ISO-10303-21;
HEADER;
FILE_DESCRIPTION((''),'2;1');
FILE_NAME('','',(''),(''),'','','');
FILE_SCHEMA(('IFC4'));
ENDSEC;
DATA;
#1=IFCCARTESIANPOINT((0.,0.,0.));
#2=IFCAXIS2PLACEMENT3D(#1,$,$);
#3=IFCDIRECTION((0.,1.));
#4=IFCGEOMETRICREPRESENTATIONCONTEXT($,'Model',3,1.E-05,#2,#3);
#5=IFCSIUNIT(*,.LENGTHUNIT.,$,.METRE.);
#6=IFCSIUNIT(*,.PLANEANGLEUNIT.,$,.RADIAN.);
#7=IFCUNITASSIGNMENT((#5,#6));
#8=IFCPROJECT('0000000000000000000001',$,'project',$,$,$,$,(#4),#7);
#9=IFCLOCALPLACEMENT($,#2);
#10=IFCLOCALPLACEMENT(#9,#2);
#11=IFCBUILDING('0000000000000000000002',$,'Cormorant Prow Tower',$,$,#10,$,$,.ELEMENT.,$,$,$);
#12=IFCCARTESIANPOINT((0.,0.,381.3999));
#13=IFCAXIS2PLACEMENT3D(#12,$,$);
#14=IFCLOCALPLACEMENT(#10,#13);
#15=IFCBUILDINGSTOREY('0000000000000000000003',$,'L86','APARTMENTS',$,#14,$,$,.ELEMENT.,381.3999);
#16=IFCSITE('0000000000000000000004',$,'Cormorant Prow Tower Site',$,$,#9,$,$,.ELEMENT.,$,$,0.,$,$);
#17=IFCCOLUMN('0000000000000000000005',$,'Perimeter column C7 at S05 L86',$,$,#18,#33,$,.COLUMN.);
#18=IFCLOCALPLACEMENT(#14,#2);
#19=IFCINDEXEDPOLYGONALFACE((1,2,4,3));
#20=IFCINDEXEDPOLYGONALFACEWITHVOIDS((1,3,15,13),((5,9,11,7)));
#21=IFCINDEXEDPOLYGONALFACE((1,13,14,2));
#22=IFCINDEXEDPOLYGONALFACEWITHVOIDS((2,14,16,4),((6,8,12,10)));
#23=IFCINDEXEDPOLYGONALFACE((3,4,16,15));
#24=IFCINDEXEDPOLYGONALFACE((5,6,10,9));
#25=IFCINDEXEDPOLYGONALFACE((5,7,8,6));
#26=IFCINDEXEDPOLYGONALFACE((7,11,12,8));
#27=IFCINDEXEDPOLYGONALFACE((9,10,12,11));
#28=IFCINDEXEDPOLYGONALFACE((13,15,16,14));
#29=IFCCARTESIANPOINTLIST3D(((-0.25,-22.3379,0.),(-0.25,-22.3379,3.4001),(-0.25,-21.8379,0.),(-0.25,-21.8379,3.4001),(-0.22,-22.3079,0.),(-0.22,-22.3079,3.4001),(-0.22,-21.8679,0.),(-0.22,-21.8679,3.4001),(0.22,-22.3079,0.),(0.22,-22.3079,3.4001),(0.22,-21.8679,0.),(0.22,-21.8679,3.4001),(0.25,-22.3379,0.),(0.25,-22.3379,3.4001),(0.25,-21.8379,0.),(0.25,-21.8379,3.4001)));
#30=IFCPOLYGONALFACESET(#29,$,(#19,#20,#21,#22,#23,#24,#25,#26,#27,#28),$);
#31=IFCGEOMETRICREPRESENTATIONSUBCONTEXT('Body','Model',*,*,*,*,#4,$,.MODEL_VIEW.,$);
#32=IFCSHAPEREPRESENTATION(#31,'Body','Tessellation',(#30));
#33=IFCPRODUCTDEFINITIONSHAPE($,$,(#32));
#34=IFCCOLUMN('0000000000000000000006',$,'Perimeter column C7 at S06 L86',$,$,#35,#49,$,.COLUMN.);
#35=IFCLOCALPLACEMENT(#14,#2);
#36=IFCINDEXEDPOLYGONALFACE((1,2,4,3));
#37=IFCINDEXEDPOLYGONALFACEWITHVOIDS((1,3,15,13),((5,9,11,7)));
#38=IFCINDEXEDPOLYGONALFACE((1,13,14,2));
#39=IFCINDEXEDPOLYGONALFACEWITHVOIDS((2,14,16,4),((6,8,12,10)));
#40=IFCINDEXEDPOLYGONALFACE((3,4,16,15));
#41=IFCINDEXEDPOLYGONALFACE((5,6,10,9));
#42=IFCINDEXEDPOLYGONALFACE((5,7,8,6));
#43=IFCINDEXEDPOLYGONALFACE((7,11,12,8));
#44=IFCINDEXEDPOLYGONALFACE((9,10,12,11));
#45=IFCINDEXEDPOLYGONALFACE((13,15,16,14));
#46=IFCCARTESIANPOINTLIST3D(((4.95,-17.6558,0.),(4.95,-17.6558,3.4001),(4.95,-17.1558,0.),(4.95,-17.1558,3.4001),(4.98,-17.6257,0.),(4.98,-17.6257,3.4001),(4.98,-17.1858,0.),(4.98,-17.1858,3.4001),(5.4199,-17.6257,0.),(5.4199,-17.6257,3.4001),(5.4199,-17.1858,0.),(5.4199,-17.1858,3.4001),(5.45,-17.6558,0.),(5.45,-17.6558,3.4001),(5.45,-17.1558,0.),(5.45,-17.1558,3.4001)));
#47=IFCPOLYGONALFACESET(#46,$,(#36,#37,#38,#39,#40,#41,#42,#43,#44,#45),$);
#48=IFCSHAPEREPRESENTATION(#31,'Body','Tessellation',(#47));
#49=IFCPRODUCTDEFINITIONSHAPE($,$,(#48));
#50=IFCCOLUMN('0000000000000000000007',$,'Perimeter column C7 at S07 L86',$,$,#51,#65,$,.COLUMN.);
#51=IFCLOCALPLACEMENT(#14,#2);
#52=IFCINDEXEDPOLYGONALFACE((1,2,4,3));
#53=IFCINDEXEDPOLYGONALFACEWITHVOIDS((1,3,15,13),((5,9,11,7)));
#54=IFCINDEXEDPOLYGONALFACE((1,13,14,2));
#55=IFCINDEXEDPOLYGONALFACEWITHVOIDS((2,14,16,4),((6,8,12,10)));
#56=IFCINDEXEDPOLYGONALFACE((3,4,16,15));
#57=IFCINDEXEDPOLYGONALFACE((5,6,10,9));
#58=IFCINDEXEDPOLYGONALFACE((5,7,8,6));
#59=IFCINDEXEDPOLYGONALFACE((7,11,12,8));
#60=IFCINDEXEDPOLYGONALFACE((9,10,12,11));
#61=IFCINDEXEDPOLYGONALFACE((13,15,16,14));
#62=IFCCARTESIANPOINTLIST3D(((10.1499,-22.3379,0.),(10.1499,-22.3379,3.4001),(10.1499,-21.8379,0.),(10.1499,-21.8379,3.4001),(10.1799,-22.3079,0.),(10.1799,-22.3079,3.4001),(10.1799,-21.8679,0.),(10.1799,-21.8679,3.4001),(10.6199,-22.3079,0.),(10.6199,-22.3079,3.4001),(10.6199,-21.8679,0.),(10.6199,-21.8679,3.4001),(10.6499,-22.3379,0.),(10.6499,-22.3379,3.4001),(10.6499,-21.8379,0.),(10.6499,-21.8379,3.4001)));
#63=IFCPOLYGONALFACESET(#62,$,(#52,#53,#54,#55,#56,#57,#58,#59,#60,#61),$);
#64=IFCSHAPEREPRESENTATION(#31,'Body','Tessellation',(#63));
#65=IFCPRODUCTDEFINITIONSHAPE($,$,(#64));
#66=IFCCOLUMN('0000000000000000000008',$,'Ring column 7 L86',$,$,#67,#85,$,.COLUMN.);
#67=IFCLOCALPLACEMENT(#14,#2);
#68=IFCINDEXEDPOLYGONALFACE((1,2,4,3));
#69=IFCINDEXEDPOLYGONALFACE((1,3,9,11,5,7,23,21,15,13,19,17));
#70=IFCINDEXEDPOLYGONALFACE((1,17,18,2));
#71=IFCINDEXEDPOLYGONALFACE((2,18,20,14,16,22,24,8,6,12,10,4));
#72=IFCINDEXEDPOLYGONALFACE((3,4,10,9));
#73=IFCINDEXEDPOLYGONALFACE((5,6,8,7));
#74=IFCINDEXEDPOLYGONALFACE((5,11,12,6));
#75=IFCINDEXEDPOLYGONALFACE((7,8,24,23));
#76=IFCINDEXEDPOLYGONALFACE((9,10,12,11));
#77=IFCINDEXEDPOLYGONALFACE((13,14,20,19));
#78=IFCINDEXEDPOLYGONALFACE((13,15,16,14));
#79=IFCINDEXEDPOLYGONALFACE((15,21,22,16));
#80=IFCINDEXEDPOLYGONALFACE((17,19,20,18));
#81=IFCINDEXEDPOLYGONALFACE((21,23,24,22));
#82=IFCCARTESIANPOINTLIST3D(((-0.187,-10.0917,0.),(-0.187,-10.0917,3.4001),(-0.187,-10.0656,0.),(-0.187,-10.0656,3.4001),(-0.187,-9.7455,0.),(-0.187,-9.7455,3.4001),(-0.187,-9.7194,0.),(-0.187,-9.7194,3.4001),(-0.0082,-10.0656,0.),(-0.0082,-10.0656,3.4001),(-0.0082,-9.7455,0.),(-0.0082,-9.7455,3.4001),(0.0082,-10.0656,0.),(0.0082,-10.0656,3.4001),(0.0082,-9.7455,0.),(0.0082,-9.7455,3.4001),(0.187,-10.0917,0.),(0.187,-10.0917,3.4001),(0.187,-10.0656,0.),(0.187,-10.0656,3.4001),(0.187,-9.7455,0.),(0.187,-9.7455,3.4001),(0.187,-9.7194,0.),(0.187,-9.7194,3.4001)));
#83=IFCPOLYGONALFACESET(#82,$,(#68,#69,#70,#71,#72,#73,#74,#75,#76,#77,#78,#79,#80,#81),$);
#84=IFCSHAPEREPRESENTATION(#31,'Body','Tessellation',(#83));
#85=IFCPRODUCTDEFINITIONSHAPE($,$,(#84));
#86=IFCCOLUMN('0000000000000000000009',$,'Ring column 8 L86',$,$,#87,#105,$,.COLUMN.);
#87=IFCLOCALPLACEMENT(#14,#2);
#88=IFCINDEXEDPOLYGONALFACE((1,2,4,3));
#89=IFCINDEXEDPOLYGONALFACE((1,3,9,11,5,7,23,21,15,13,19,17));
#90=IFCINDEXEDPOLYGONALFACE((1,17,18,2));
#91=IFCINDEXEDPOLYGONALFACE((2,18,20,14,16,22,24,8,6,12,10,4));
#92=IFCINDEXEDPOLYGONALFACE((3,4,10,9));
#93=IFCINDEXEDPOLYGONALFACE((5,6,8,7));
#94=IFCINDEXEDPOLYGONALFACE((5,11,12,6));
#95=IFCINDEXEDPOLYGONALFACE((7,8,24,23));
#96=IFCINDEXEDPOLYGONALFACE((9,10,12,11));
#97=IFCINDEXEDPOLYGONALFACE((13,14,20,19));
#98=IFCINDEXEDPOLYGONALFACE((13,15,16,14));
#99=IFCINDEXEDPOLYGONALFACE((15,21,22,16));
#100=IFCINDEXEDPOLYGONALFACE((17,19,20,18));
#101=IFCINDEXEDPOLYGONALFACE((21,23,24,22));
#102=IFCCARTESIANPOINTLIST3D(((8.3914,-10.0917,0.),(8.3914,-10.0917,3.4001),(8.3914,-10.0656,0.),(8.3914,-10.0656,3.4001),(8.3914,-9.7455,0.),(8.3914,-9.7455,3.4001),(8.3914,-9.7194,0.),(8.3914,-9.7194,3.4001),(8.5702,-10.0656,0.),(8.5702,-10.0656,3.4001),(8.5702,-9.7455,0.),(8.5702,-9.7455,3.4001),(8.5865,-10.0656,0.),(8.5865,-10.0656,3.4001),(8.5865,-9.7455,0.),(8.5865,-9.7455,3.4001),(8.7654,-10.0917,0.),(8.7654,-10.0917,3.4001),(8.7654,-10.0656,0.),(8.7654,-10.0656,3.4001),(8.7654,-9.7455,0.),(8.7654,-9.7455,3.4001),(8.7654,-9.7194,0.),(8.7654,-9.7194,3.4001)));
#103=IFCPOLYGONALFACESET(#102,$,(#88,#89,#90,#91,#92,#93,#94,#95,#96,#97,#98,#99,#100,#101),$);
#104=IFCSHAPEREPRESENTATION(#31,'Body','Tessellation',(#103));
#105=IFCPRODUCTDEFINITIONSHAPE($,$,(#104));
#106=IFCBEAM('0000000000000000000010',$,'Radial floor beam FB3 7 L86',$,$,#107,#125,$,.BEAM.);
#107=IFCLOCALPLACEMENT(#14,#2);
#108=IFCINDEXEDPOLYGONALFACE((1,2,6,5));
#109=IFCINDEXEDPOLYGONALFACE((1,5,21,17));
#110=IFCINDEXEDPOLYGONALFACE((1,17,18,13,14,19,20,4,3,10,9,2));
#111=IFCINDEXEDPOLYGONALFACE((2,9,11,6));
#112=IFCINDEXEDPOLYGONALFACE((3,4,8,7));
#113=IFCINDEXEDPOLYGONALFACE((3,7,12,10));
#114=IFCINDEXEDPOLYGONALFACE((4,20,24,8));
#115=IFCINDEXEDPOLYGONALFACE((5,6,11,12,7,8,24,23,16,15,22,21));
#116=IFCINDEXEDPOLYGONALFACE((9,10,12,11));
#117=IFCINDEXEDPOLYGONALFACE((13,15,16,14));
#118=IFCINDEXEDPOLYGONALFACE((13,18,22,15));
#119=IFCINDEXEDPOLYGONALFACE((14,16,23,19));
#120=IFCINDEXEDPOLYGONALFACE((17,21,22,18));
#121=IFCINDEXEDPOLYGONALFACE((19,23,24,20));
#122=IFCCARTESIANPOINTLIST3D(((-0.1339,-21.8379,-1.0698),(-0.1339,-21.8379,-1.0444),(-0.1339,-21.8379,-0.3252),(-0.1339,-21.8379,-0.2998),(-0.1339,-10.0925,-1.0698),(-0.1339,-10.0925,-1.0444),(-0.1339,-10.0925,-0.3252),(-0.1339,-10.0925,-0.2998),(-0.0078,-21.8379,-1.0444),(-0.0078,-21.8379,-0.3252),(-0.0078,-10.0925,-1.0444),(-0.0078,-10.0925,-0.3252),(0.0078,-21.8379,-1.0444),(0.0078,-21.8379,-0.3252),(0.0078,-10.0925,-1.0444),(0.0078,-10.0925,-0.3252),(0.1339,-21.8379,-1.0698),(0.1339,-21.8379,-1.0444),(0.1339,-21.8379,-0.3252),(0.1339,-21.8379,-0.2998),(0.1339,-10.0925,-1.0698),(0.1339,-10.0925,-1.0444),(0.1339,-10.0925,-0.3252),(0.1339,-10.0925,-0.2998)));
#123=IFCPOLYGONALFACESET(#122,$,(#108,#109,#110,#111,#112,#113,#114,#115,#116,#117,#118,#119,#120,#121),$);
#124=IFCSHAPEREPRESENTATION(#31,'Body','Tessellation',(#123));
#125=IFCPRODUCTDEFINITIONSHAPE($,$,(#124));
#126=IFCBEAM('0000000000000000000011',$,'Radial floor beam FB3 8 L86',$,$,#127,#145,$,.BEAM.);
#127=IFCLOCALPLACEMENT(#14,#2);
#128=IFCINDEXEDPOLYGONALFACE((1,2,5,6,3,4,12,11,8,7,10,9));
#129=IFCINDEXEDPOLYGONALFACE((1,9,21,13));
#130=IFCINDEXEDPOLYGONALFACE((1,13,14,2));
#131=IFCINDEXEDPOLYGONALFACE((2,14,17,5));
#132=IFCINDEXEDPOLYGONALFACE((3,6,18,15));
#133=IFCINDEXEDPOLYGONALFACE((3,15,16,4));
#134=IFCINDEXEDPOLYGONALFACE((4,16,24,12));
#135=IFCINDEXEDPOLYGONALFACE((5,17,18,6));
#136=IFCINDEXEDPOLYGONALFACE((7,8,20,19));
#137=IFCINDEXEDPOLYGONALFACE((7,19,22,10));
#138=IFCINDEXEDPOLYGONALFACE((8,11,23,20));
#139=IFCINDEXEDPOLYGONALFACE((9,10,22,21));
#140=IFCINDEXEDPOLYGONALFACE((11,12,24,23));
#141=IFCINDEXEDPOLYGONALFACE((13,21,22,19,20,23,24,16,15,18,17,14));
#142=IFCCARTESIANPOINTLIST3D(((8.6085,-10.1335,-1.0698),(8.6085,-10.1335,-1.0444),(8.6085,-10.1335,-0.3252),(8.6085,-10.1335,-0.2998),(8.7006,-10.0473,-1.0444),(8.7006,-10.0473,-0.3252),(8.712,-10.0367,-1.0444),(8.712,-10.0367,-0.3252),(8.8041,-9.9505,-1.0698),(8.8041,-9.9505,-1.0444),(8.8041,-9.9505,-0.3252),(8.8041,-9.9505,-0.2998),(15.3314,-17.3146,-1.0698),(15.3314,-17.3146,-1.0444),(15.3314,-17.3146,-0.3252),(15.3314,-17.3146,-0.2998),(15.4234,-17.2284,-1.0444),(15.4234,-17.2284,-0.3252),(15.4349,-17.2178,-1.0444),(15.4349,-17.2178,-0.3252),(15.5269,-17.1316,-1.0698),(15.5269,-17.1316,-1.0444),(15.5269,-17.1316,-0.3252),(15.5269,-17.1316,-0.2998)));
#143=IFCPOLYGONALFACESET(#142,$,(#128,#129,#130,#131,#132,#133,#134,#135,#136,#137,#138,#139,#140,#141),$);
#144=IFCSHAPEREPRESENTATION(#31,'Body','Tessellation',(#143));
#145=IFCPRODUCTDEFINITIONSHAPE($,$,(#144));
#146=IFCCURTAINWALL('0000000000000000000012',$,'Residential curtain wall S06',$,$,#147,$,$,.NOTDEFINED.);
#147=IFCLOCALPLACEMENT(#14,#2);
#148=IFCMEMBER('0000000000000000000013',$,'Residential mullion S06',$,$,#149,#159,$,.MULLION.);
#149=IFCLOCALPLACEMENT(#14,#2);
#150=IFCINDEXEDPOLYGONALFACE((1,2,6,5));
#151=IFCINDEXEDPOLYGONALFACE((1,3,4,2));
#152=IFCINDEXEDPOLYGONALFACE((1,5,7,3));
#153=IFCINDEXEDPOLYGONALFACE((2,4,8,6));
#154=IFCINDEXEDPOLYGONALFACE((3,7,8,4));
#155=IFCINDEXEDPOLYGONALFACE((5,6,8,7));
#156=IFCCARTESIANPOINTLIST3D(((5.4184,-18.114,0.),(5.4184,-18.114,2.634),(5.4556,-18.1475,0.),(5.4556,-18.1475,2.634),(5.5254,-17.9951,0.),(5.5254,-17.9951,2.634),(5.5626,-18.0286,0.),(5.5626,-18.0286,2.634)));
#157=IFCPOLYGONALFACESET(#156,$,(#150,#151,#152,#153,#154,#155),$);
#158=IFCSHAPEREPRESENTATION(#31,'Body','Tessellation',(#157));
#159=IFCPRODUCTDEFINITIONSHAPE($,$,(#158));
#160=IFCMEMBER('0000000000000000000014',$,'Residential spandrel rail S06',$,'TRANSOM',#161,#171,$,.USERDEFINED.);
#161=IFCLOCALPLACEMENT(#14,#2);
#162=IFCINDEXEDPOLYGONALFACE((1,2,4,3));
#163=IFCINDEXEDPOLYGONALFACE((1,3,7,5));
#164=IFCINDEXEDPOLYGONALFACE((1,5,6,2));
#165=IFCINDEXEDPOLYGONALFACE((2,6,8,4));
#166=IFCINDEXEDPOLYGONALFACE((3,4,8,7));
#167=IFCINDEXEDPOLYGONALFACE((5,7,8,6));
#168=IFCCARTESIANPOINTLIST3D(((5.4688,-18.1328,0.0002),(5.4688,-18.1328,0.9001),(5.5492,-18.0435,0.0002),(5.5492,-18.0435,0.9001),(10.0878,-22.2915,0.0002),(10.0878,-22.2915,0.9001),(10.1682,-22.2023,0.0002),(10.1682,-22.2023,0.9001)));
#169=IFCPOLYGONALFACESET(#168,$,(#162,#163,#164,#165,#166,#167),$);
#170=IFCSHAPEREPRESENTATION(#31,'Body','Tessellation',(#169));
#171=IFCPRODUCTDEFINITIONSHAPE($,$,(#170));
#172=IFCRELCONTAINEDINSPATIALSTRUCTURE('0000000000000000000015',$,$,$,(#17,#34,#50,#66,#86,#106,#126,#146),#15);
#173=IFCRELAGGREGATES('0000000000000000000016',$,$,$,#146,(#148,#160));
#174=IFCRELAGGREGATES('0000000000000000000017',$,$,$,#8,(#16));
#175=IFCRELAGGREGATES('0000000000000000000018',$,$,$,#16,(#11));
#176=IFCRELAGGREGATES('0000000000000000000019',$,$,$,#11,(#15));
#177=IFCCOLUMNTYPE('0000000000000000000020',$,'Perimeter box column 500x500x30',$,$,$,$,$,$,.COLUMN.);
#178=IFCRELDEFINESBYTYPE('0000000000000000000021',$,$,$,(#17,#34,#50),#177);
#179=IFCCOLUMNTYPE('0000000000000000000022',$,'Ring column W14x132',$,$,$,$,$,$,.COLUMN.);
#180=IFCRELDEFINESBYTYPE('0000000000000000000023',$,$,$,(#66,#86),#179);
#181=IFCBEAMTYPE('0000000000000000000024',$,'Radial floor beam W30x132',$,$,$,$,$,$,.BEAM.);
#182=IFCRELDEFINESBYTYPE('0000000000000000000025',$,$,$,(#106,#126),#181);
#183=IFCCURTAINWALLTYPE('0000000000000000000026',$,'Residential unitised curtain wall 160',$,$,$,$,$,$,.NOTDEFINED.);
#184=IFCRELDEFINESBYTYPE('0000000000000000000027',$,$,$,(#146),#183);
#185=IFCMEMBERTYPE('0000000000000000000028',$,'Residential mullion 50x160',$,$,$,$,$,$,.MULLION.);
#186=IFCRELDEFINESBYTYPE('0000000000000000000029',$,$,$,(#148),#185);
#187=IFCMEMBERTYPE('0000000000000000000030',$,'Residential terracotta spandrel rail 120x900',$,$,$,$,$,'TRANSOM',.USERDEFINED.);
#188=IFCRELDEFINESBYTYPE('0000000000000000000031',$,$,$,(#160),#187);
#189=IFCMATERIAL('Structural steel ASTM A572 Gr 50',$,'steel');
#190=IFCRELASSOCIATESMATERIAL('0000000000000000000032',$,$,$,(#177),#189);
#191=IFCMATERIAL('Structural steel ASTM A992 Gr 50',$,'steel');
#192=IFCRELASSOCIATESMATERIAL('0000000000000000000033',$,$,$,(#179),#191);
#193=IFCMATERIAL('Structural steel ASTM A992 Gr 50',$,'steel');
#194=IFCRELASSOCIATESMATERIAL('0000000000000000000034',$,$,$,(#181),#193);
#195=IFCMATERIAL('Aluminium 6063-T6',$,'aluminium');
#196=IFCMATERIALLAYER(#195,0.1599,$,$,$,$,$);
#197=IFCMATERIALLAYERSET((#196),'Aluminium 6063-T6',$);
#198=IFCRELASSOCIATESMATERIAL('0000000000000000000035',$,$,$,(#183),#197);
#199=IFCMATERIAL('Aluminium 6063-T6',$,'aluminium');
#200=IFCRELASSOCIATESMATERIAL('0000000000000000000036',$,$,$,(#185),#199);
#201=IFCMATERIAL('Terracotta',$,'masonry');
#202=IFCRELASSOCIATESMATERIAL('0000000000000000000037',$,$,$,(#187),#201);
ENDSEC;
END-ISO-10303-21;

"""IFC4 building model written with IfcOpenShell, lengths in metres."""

from ifc_helpers import new_model, si_unit, direction, frame, origin, origin_2d, place, context, subcontext, project, spatial, rectangle, hollow_rectangle, i_section, extrude, material, layer, layer_set, material_profile, profile_set, type_object, element, aggregate, save


model = new_model("IFC4")

# Units and contexts
model_context = context("Model", 3, precision=1e-05, world=origin(), true_north=direction((0.0, 1.0)))
body_context = subcontext(model_context, "Body", "Model", "MODEL_VIEW")
ifc_project = project(units=[si_unit("LENGTHUNIT", "METRE"), si_unit("PLANEANGLEUNIT", "RADIAN")], contexts=[model_context])

# Site, building, storey
site_placement = place(None, origin())
site = spatial("IfcSite", under=ifc_project, at=site_placement, Name="Cormorant Prow Tower Site", CompositionType="ELEMENT", RefElevation=0.0)
building_placement = place(site_placement, origin())
building = spatial("IfcBuilding", under=site, at=building_placement, Name="Cormorant Prow Tower", CompositionType="ELEMENT")
storey_placement = place(building_placement, frame((0.0, 0.0, 381.3999)))
storey = spatial("IfcBuildingStorey", under=building, at=storey_placement, Name="L86", Description="APARTMENTS", CompositionType="ELEMENT", Elevation=381.3999)

# Columns
ifc_material_1 = material(Name="Structural steel ASTM A572 Gr 50", Category="steel")
ifc_material_profile_1 = material_profile(ifc_material_1, hollow_rectangle(XDim=0.5, YDim=0.5, WallThickness=0.03, at=origin_2d()), Name="Box 500x500x30")
ifc_profile_set_1 = profile_set([ifc_material_profile_1], Name="Structural steel ASTM A572 Gr 50")
column_type_1 = type_object("IfcColumnType", Name="Perimeter box column 500x500x30", PredefinedType="COLUMN", material=ifc_profile_set_1)
for number, where, z_axis, x_axis, name in (
    (1, (0.0, -22.0879, 0.0), (0.0, 0.0, 1.0), (1.0, 0.0, 0.0), "Perimeter column C7 at S05 L86"),
    (2, (5.2, -17.4058, 0.0), (0.0, 0.0, 1.0), (1.0, 0.0, 0.0), "Perimeter column C7 at S06 L86"),
    (3, (10.3999, -22.0879, 0.0), (0.0, 0.0, 1.0), (1.0, 0.0, 0.0), "Perimeter column C7 at S07 L86"),
):
    element("IfcColumn", number, at=place(storey_placement, frame(where, z_axis=z_axis, x_axis=x_axis)), inside=storey, type_object=column_type_1, Name=name, PredefinedType="COLUMN", context=body_context, shape_type="SweptSolid", body=[
        extrude(hollow_rectangle(XDim=0.5, YDim=0.5, WallThickness=0.03, at=origin_2d()), origin(), (0.0, 0.0, 1.0), 3.4001),
    ])
ifc_material_2 = material(Name="Structural steel ASTM A992 Gr 50", Category="steel")
ifc_material_profile_2 = material_profile(ifc_material_2, i_section(OverallWidth=0.374, OverallDepth=0.3723, WebThickness=0.0164, FlangeThickness=0.0261, at=origin_2d()), Name="W14x132")
ifc_profile_set_2 = profile_set([ifc_material_profile_2], Name="Structural steel ASTM A992 Gr 50")
column_type_2 = type_object("IfcColumnType", Name="Ring column W14x132", PredefinedType="COLUMN", material=ifc_profile_set_2)
for number, where, z_axis, x_axis, name in (
    (4, (0.0, -9.9055, 0.0), (0.0, 0.0, 1.0), (1.0, 0.0, 0.0), "Ring column 7 L86"),
    (5, (8.5784, -9.9055, 0.0), (0.0, 0.0, 1.0), (1.0, 0.0, 0.0), "Ring column 8 L86"),
):
    element("IfcColumn", number, at=place(storey_placement, frame(where, z_axis=z_axis, x_axis=x_axis)), inside=storey, type_object=column_type_2, Name=name, PredefinedType="COLUMN", context=body_context, shape_type="SweptSolid", body=[
        extrude(i_section(OverallWidth=0.374, OverallDepth=0.3723, WebThickness=0.0164, FlangeThickness=0.0261, at=origin_2d()), origin(), (0.0, 0.0, 1.0), 3.4001),
    ])

# Beams
ifc_material_3 = material(Name="Structural steel ASTM A992 Gr 50", Category="steel")
ifc_material_profile_3 = material_profile(ifc_material_3, i_section(OverallWidth=0.2678, OverallDepth=0.77, WebThickness=0.0156, FlangeThickness=0.0254, at=origin_2d()), Name="W30x132")
ifc_profile_set_3 = profile_set([ifc_material_profile_3], Name="Structural steel ASTM A992 Gr 50")
beam_type_1 = type_object("IfcBeamType", Name="Radial floor beam W30x132", PredefinedType="BEAM", material=ifc_profile_set_3)
beam_1_placement = place(storey_placement, frame((0.0, -10.0925, -0.6848), z_axis=(0.0, -1.0, 0.0), x_axis=(1.0, 0.0, 0.0)))
element("IfcBeam", 6, at=beam_1_placement, inside=storey, type_object=beam_type_1, Name="Radial floor beam FB3 7 L86", PredefinedType="BEAM", context=body_context, shape_type="SweptSolid", body=[
    extrude(i_section(OverallWidth=0.2678, OverallDepth=0.77, WebThickness=0.0156, FlangeThickness=0.0254, at=origin_2d()), origin(), (0.0, 0.0, 1.0), 11.7454),
])
beam_2_placement = place(storey_placement, frame((8.7063, -10.042, -0.6848), z_axis=(0.683431, -0.730015, 0.0), x_axis=(0.730015, 0.683431, 0.0)))
element("IfcBeam", 7, at=beam_2_placement, inside=storey, type_object=beam_type_1, Name="Radial floor beam FB3 8 L86", PredefinedType="BEAM", context=body_context, shape_type="SweptSolid", body=[
    extrude(i_section(OverallWidth=0.2678, OverallDepth=0.77, WebThickness=0.0156, FlangeThickness=0.0254, at=origin_2d()), origin(), (0.0, 0.0, 1.0), 9.8369),
])

# Curtain wall, members
ifc_material_4 = material(Name="Aluminium 6063-T6", Category="aluminium")
ifc_layer_1 = layer(ifc_material_4, 0.1599)
ifc_layer_set_1 = layer_set([ifc_layer_1], Name="Aluminium 6063-T6")
curtain_wall_type = type_object("IfcCurtainWallType", Name="Residential unitised curtain wall 160", PredefinedType="NOTDEFINED", material=ifc_layer_set_1)
curtain_wall_placement = place(storey_placement, origin())
curtain_wall = element("IfcCurtainWall", 8, at=curtain_wall_placement, inside=storey, type_object=curtain_wall_type, Name="Residential curtain wall S06", PredefinedType="NOTDEFINED")
ifc_material_5 = material(Name="Aluminium 6063-T6", Category="aluminium")
ifc_material_profile_4 = material_profile(ifc_material_5, rectangle(XDim=0.1599, YDim=0.05, at=origin_2d()), Name="Residential mullion 50x160")
ifc_profile_set_4 = profile_set([ifc_material_profile_4], Name="Aluminium 6063-T6")
member_type_1 = type_object("IfcMemberType", Name="Residential mullion 50x160", PredefinedType="MULLION", material=ifc_profile_set_4)
member_1_placement = place(storey_placement, frame((5.4905, -18.0713, 0.0), z_axis=(0.0, 0.0, 1.0), x_axis=(0.669131, 0.743145, 0.0)))
member_1 = element("IfcMember", 9, at=member_1_placement, type_object=member_type_1, Name="Residential mullion S06", PredefinedType="MULLION", context=body_context, shape_type="SweptSolid", body=[
    extrude(rectangle(XDim=0.1599, YDim=0.05, at=origin_2d()), origin(), (0.0, 0.0, 1.0), 2.634),
])
ifc_material_6 = material(Name="Terracotta", Category="masonry")
ifc_material_profile_5 = material_profile(ifc_material_6, rectangle(XDim=0.1201, YDim=0.8999, at=origin_2d()), Name="Residential terracotta spandrel rail 120x900")
ifc_profile_set_5 = profile_set([ifc_material_profile_5], Name="Terracotta")
member_type_2 = type_object("IfcMemberType", Name="Residential terracotta spandrel rail 120x900", ElementType="TRANSOM", PredefinedType="USERDEFINED", material=ifc_profile_set_5)
member_2_placement = place(storey_placement, frame((5.509, -18.0881, 0.4502), z_axis=(0.743159, -0.669114, 0.0), x_axis=(0.669114, 0.743159, 0.0)))
member_2 = element("IfcMember", 10, at=member_2_placement, type_object=member_type_2, Name="Residential spandrel rail S06", ObjectType="TRANSOM", PredefinedType="USERDEFINED", context=body_context, shape_type="SweptSolid", body=[
    extrude(rectangle(XDim=0.1201, YDim=0.8999, at=origin_2d()), origin(), (0.0, 0.0, 1.0), 6.2153),
])

aggregate(curtain_wall, [member_1, member_2])

save(model, "model.ifc")
